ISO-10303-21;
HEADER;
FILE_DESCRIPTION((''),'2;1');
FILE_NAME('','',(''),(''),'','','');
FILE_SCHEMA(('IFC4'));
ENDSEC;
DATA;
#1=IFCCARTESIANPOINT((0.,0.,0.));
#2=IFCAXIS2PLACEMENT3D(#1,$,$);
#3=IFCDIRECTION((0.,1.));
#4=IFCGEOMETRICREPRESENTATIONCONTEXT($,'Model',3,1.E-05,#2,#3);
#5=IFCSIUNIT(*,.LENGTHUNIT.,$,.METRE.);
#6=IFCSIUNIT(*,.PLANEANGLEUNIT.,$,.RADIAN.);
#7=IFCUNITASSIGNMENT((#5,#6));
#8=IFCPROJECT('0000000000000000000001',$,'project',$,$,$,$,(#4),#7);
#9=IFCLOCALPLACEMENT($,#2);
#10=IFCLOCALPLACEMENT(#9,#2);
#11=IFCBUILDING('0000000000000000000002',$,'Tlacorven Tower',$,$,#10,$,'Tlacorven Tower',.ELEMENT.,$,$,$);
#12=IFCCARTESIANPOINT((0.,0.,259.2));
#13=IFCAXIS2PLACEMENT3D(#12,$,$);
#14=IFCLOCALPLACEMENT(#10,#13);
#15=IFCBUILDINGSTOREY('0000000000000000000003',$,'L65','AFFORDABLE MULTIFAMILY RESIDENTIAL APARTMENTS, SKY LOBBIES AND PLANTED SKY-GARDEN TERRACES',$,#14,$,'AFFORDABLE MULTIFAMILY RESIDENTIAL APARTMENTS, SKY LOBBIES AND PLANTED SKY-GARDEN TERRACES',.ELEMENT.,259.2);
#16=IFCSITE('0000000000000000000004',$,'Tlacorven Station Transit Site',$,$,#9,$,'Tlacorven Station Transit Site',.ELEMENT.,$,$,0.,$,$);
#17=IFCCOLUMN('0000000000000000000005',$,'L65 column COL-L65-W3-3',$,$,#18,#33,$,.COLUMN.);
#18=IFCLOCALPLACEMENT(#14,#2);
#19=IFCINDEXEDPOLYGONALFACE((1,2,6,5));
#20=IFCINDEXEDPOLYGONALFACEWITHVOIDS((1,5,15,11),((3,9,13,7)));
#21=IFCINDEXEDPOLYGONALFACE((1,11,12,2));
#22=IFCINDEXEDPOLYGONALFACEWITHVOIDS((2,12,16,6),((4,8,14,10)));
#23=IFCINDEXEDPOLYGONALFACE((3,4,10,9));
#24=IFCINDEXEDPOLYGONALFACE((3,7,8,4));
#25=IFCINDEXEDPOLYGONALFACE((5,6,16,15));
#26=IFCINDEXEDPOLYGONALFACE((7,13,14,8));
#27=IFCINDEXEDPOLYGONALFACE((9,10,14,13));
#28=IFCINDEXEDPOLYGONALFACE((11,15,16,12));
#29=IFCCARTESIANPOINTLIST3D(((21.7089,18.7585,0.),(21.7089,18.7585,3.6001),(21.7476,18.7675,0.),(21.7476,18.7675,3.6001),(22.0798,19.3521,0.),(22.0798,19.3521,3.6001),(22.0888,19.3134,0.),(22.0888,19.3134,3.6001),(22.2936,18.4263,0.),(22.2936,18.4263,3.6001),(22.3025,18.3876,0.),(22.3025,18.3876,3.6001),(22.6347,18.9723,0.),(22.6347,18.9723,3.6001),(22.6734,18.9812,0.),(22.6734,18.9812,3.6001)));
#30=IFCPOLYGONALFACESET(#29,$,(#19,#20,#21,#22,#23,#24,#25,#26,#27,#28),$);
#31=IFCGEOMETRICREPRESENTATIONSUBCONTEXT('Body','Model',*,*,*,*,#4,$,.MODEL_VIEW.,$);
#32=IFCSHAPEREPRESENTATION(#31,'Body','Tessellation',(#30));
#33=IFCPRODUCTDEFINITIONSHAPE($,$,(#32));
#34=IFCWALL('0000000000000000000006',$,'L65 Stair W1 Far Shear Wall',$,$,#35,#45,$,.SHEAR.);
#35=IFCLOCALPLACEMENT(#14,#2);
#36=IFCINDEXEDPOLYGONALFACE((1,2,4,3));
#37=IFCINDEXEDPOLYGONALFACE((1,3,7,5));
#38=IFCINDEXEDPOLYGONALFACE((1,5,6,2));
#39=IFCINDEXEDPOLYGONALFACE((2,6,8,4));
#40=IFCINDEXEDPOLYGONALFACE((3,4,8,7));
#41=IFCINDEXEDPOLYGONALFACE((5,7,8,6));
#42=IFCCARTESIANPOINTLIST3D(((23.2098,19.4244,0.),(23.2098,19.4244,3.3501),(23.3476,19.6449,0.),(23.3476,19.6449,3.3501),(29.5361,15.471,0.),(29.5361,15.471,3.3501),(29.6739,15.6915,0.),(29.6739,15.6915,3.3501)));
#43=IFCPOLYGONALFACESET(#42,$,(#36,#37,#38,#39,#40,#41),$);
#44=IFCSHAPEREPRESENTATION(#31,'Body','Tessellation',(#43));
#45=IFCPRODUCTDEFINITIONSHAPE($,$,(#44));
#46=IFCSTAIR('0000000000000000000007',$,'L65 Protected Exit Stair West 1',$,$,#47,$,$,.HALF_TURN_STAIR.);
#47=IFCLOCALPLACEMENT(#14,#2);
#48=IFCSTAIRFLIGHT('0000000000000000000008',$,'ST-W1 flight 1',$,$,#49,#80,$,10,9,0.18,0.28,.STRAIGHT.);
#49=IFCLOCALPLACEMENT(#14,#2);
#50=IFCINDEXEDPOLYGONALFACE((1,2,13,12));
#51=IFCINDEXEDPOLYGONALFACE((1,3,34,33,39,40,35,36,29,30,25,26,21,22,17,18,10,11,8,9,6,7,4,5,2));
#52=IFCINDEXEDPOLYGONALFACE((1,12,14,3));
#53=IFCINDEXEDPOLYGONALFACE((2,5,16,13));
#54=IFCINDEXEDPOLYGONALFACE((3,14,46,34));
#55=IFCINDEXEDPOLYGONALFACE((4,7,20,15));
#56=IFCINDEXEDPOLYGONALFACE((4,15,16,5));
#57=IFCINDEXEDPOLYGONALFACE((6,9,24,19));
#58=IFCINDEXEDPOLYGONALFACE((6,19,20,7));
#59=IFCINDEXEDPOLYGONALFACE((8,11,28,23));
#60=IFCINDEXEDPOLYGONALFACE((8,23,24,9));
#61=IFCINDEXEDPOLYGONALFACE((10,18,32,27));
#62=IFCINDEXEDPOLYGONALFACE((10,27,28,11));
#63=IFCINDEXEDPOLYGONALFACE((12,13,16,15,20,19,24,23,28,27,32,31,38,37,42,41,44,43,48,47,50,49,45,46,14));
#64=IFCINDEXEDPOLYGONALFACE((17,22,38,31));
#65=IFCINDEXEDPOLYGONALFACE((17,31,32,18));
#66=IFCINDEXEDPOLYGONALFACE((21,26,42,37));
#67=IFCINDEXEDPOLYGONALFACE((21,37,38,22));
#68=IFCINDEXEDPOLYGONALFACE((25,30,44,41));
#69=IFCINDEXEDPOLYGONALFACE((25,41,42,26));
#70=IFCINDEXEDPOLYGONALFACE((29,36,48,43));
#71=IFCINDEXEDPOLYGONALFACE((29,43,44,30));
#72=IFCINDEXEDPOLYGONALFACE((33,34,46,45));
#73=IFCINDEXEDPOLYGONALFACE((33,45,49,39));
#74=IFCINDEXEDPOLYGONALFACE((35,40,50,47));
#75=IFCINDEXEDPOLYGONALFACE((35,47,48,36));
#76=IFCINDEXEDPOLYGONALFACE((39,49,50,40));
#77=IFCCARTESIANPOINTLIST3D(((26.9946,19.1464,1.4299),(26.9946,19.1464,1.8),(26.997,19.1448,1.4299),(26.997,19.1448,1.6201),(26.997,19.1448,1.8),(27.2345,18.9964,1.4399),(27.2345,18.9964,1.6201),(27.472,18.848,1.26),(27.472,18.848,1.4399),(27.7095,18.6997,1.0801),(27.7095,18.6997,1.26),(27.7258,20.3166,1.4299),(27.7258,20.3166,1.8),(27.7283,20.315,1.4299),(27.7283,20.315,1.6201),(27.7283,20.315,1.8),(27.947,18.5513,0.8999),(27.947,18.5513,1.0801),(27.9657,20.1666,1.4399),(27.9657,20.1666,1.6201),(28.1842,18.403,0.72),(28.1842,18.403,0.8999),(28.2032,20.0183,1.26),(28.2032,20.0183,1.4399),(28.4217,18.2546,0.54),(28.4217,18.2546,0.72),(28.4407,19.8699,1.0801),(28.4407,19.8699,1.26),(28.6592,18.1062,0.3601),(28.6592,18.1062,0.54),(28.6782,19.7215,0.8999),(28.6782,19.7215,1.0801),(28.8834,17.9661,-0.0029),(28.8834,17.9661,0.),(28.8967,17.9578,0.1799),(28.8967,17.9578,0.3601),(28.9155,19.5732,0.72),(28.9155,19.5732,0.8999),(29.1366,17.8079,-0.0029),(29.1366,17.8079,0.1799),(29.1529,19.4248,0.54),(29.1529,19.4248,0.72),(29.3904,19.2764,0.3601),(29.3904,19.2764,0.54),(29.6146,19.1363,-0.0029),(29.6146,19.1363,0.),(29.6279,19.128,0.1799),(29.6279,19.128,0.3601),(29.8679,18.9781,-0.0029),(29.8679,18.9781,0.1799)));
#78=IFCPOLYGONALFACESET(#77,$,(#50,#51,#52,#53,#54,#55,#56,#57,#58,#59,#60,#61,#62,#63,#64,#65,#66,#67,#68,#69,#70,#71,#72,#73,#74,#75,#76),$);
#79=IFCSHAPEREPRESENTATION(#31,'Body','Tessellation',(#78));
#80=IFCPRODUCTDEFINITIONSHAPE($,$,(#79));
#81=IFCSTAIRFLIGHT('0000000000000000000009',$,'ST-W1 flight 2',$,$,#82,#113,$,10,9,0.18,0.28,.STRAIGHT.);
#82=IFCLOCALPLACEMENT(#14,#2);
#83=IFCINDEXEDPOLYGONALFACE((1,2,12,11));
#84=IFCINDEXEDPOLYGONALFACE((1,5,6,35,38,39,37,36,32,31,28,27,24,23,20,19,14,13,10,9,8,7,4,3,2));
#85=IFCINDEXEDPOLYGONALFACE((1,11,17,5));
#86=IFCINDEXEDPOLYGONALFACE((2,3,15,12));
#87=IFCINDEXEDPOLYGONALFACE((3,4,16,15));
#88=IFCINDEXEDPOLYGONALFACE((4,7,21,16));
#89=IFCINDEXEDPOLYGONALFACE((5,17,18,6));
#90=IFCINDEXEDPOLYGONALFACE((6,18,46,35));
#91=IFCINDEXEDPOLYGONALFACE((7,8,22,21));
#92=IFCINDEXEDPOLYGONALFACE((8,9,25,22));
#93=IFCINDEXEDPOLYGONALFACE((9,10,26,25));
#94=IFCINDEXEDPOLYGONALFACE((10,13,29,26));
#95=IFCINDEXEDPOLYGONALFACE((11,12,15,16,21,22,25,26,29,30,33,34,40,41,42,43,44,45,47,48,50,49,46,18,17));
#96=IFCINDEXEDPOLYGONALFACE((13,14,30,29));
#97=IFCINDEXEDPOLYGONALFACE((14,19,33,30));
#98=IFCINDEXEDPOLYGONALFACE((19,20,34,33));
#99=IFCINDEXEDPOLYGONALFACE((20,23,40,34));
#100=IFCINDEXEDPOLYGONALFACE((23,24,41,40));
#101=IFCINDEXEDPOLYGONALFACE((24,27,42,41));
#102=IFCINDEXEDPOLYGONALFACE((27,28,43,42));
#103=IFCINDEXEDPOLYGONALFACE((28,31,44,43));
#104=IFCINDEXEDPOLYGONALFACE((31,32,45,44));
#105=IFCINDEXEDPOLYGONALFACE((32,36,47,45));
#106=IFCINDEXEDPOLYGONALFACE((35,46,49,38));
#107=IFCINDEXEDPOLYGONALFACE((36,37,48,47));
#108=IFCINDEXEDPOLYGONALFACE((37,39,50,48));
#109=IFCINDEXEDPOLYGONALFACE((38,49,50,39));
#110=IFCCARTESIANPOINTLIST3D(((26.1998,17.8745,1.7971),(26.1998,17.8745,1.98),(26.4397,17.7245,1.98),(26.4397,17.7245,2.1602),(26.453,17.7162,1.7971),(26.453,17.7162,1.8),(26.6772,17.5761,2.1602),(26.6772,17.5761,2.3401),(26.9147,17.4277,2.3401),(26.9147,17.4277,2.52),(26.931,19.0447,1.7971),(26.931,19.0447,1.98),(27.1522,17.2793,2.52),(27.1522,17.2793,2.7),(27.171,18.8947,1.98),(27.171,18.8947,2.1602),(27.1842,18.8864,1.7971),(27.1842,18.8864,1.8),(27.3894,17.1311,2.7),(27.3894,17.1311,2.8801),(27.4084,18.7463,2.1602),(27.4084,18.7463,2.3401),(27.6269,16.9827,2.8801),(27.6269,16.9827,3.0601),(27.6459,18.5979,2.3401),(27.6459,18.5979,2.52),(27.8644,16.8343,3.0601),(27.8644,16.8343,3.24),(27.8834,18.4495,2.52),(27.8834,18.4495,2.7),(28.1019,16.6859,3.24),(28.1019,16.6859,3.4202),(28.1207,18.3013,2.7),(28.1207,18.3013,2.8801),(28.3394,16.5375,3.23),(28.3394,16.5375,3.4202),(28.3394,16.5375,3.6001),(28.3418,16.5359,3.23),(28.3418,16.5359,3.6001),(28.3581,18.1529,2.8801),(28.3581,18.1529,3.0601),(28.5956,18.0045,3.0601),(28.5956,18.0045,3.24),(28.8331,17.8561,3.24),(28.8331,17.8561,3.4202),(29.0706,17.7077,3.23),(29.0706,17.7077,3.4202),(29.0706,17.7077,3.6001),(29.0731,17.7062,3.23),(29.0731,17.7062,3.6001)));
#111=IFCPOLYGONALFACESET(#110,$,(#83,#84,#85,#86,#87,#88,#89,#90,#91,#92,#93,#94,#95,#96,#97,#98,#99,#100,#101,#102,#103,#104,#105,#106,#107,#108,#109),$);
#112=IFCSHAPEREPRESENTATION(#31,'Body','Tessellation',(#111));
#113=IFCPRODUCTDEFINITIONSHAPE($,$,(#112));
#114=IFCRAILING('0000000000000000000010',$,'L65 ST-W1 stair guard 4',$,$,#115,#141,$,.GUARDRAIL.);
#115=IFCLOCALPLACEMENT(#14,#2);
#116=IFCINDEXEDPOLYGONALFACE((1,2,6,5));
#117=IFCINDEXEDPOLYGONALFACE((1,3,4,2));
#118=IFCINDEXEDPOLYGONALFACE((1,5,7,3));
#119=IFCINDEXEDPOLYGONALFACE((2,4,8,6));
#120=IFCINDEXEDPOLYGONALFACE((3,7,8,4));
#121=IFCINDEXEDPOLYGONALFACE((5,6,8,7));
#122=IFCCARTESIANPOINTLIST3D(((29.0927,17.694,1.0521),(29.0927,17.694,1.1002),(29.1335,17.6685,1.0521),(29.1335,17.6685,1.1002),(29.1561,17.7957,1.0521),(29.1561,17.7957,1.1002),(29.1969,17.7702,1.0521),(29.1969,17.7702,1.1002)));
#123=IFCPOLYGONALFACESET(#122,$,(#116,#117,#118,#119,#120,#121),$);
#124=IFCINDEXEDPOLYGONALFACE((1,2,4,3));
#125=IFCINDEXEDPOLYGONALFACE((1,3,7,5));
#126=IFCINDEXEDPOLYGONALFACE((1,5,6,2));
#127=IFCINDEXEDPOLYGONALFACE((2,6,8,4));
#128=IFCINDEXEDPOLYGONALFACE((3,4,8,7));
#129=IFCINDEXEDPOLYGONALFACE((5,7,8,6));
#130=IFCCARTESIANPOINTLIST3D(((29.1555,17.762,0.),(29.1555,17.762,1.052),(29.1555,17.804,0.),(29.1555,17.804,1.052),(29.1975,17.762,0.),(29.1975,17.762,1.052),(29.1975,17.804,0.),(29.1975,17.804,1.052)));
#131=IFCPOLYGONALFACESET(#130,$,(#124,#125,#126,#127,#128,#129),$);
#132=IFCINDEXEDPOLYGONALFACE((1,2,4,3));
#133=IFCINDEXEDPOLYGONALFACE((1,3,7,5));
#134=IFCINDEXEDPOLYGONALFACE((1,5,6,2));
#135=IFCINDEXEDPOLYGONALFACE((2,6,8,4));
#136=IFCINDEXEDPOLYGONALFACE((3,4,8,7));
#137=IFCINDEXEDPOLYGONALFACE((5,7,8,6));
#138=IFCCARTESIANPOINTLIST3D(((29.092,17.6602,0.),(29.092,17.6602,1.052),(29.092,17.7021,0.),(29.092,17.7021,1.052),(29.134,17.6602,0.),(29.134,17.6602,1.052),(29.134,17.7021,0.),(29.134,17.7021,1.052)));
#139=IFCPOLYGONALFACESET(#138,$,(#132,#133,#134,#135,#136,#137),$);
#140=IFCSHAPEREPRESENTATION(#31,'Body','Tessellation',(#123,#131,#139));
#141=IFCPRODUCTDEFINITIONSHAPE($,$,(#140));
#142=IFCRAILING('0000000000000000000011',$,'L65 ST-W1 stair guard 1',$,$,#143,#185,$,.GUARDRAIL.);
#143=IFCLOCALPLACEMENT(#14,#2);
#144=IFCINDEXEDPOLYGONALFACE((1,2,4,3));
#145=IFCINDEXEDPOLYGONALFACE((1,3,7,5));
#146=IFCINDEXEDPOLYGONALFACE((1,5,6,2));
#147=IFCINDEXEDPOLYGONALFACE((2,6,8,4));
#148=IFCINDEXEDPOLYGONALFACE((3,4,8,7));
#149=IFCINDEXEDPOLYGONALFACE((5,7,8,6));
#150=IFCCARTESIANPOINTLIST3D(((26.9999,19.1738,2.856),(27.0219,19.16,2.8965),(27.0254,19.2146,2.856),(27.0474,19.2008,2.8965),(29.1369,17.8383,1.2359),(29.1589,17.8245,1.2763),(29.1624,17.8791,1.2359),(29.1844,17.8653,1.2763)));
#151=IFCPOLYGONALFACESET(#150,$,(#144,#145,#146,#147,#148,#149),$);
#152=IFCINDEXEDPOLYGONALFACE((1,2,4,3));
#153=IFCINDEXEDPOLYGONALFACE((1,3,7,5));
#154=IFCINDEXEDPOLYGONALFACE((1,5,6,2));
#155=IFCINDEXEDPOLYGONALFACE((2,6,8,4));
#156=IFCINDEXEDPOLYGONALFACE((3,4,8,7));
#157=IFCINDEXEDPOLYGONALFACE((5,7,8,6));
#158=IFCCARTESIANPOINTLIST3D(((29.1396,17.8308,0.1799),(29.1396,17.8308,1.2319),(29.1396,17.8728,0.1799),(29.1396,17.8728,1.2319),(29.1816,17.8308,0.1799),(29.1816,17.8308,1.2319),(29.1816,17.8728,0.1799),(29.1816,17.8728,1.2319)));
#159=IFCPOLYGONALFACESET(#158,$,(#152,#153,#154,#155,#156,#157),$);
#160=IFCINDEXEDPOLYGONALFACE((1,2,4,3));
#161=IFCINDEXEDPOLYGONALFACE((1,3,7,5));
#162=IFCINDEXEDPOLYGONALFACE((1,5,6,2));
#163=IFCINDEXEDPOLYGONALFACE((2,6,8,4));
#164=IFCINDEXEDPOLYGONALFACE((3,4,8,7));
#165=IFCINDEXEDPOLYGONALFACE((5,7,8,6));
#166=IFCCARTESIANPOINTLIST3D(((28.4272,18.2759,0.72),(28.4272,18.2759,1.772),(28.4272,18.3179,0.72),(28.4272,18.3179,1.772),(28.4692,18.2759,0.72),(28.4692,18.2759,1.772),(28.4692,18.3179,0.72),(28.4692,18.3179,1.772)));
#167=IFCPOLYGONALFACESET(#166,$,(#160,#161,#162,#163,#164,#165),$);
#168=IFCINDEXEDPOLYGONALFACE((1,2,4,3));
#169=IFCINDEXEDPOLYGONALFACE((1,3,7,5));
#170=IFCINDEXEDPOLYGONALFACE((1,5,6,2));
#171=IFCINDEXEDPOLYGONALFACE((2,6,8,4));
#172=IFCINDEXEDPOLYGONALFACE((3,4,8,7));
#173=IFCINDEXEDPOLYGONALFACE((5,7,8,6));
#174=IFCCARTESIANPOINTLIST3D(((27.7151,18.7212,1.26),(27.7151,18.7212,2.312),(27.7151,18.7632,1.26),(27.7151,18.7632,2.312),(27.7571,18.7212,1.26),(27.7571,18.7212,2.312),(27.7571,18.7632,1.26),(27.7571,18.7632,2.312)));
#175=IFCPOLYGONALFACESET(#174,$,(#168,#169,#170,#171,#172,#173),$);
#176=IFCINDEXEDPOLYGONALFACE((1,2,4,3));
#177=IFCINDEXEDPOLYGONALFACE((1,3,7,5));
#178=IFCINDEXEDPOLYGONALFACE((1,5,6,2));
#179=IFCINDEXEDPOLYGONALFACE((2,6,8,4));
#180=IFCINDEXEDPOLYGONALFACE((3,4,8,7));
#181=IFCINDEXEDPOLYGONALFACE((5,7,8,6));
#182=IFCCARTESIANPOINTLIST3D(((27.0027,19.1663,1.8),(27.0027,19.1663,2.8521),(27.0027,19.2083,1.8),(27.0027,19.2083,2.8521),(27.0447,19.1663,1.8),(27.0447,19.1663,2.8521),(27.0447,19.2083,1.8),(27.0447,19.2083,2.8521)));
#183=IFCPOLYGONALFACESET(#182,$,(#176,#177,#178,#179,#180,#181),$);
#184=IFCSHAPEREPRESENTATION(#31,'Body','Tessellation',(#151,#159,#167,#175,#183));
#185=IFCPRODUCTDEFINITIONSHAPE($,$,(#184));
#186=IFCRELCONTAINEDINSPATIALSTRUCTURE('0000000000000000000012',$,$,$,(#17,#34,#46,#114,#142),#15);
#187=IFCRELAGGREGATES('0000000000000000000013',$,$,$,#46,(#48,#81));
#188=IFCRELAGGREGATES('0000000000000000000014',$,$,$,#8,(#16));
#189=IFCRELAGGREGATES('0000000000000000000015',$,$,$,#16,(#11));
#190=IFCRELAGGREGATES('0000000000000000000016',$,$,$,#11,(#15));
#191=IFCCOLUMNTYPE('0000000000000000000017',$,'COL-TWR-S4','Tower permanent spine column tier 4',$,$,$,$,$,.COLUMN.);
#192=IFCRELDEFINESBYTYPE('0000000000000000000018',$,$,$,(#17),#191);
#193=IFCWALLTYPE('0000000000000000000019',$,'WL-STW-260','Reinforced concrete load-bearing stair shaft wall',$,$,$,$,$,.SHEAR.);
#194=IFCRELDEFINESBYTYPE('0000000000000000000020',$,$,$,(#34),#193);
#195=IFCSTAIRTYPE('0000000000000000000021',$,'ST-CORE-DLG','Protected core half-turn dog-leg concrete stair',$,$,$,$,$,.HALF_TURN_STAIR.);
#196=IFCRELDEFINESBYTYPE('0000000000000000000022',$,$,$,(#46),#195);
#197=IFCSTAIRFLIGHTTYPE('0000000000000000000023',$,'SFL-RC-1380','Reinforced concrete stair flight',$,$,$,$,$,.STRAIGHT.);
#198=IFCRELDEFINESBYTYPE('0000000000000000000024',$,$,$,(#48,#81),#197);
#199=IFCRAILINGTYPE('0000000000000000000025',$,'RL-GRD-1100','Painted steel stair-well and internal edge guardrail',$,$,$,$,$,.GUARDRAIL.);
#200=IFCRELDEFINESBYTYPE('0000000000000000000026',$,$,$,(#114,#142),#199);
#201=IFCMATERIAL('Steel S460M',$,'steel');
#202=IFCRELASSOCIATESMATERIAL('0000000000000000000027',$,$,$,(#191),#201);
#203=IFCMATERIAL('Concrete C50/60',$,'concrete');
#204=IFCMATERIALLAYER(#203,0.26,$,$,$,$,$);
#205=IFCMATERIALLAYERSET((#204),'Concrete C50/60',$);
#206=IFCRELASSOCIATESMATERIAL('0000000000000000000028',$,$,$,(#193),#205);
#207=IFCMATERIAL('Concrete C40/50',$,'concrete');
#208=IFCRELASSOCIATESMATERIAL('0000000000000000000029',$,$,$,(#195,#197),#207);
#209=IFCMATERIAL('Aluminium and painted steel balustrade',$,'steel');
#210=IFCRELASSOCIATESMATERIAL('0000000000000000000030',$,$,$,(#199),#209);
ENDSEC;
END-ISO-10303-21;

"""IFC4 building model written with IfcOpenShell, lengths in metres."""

from ifc_helpers import new_model, si_unit, direction, frame, frame_2d, origin, origin_2d, place, context, subcontext, project, spatial, polyline, rectangle, hollow_rectangle, outline, extrude, source, transform, mapped, material, layer, layer_set, material_profile, profile_set, type_object, element, aggregate, save


model = new_model("IFC4")

# Units and contexts
model_context = context("Model", 3, precision=1e-05, world=origin(), true_north=direction((0.0, 1.0)))
body_context = subcontext(model_context, "Body", "Model", "MODEL_VIEW")
ifc_project = project(units=[si_unit("LENGTHUNIT", "METRE"), si_unit("PLANEANGLEUNIT", "RADIAN")], contexts=[model_context])

# Site, building, storey
site_placement = place(None, origin())
site = spatial("IfcSite", under=ifc_project, at=site_placement, Name="Tlacorven Station Transit Site", LongName="Tlacorven Station Transit Site", CompositionType="ELEMENT", RefElevation=0.0)
building_placement = place(site_placement, origin())
building = spatial("IfcBuilding", under=site, at=building_placement, Name="Tlacorven Tower", LongName="Tlacorven Tower", CompositionType="ELEMENT")
storey_placement = place(building_placement, frame((0.0, 0.0, 259.2)))
storey = spatial("IfcBuildingStorey", under=building, at=storey_placement, Name="L65", Description="AFFORDABLE MULTIFAMILY RESIDENTIAL APARTMENTS, SKY LOBBIES AND PLANTED SKY-GARDEN TERRACES", LongName="AFFORDABLE MULTIFAMILY RESIDENTIAL APARTMENTS, SKY LOBBIES AND PLANTED SKY-GARDEN TERRACES", CompositionType="ELEMENT", Elevation=259.2)

# Column
ifc_material_1 = material(Name="Steel S460M", Category="steel")
ifc_material_profile = material_profile(ifc_material_1, hollow_rectangle(XDim=0.7, YDim=0.7, WallThickness=0.0281, at=origin_2d()), Name="BOX 700X700X28")
ifc_profile_set = profile_set([ifc_material_profile], Name="Steel S460M")
column_type = type_object("IfcColumnType", Name="COL-TWR-S4", Description="Tower permanent spine column tier 4", PredefinedType="COLUMN", material=ifc_profile_set)
shared_shape_1 = source(origin(), body_context, "Body", "SweptSolid", [
    extrude(hollow_rectangle(XDim=0.7, YDim=0.7, WallThickness=0.0281, at=origin_2d()), origin(), (0.0, 0.0, 1.0), 3.6001),
])
column_placement = place(storey_placement, frame((22.1912, 18.8699, 0.0), z_axis=(0.0, 0.0, 1.0), x_axis=(-0.848048, 0.529919, 0.0)))
element("IfcColumn", 1, at=column_placement, inside=storey, type_object=column_type, Name="L65 column COL-L65-W3-3", PredefinedType="COLUMN", context=body_context, shape_type="MappedRepresentation", body=[
    mapped(shared_shape_1, transform((0.0, 0.0, 0.0), scale=1.0)),
])

# Wall
ifc_material_2 = material(Name="Concrete C50/60", Category="concrete")
ifc_layer = layer(ifc_material_2, 0.26)
ifc_layer_set = layer_set([ifc_layer], Name="Concrete C50/60")
wall_type = type_object("IfcWallType", Name="WL-STW-260", Description="Reinforced concrete load-bearing stair shaft wall", PredefinedType="SHEAR", material=ifc_layer_set)
wall_placement = place(storey_placement, frame((29.605, 15.5813, 0.0), z_axis=(0.0, 0.0, 1.0), x_axis=(-0.848037, 0.529937, 0.0)))
element("IfcWall", 2, at=wall_placement, inside=storey, type_object=wall_type, Name="L65 Stair W1 Far Shear Wall", PredefinedType="SHEAR", context=body_context, shape_type="SweptSolid", body=[
    extrude(rectangle(XDim=7.46, YDim=0.26, at=frame_2d((3.73, 0.0))), origin(), (0.0, 0.0, 1.0), 3.3501),
])

# Stair, stair flights
ifc_material_3 = material(Name="Concrete C40/50", Category="concrete")
stair_type = type_object("IfcStairType", Name="ST-CORE-DLG", Description="Protected core half-turn dog-leg concrete stair", PredefinedType="HALF_TURN_STAIR", material=ifc_material_3)
stair_placement = place(storey_placement, origin())
stair = element("IfcStair", 3, at=stair_placement, inside=storey, type_object=stair_type, Name="L65 Protected Exit Stair West 1", PredefinedType="HALF_TURN_STAIR")
stair_flight_type = type_object("IfcStairFlightType", Name="SFL-RC-1380", Description="Reinforced concrete stair flight", PredefinedType="STRAIGHT", material=ifc_material_3)
shared_shape_2 = source(origin(), body_context, "Body", "SweptSolid", [
    extrude(outline(polyline([(-0.0029, -0.0029), (-0.0029, 0.1799), (0.28, 0.1799), (0.28, 0.3601), (0.5601, 0.3601), (0.5601, 0.54), (0.8401, 0.54), (0.8401, 0.72), (1.1201, 0.72), (1.1201, 0.8999), (1.3999, 0.8999), (1.3999, 1.0801), (1.6799, 1.0801), (1.6799, 1.26), (1.96, 1.26), (1.96, 1.4399), (2.24, 1.4399), (2.24, 1.6201), (2.52, 1.6201), (2.52, 1.8), (2.5229, 1.8), (2.5229, 1.4299), (2.52, 1.4299), (0.2957, 0.0), (0.2957, -0.0029), (-0.0029, -0.0029)])), frame((0.0, 0.6899, 0.0), z_axis=(0.0, -1.0, 0.0), x_axis=(1.0, 0.0, 0.0)), (0.0, 0.0, 1.0), 1.3799),
])
stair_flight_1_placement = place(storey_placement, frame((29.4998, 18.3945, 0.0), z_axis=(0.0, 0.0, 1.0), x_axis=(-0.848048, 0.529919, 0.0)))
stair_flight_1 = element("IfcStairFlight", 4, at=stair_flight_1_placement, type_object=stair_flight_type, Name="ST-W1 flight 1", NumberOfRisers=10, NumberOfTreads=9, PredefinedType="STRAIGHT", RiserHeight=0.18, TreadLength=0.28, context=body_context, shape_type="MappedRepresentation", body=[
    mapped(shared_shape_2, transform((0.0, 0.0, 0.0), scale=1.0)),
])
stair_flight_2_placement = place(storey_placement, frame((26.5679, 18.458, 1.8), z_axis=(0.0, 0.0, 1.0), x_axis=(0.848048, -0.529919, 0.0)))
stair_flight_2 = element("IfcStairFlight", 5, at=stair_flight_2_placement, type_object=stair_flight_type, Name="ST-W1 flight 2", NumberOfRisers=10, NumberOfTreads=9, PredefinedType="STRAIGHT", RiserHeight=0.18, TreadLength=0.28, context=body_context, shape_type="MappedRepresentation", body=[
    mapped(shared_shape_2, transform((0.0, 0.0, 0.0), scale=1.0)),
])
aggregate(stair, [stair_flight_1, stair_flight_2])

# Railings
ifc_material_4 = material(Name="Aluminium and painted steel balustrade", Category="steel")
railing_type_1 = type_object("IfcRailingType", Name="RL-GRD-1100", Description="Painted steel stair-well and internal edge guardrail", PredefinedType="GUARDRAIL", material=ifc_material_4)
shared_shape_3 = source(origin(), body_context, "Body", "SweptSolid", [
    extrude(rectangle(XDim=0.0481, YDim=0.0481, at=origin_2d()), frame((0.0, 0.0, 1.0762), z_axis=(-0.529084, -0.848569, 0.0), x_axis=(0.848569, -0.529084, 0.0)), (0.0, 0.0, 1.0), 0.1199),
    extrude(rectangle(XDim=0.042, YDim=0.042, at=origin_2d()), origin(), (0.0, 0.0, 1.0), 1.052),
    extrude(rectangle(XDim=0.042, YDim=0.042, at=origin_2d()), frame((-0.0635, -0.1018, 0.0)), (0.0, 0.0, 1.0), 1.052),
])
railing_1_placement = place(storey_placement, frame((29.1765, 17.783, 0.0)))
element("IfcRailing", 6, at=railing_1_placement, inside=storey, type_object=railing_type_1, Name="L65 ST-W1 stair guard 4", PredefinedType="GUARDRAIL", context=body_context, shape_type="MappedRepresentation", body=[
    mapped(shared_shape_3, transform((0.0, 0.0, 0.0), scale=1.0)),
])
shared_shape_4 = source(origin(), body_context, "Body", "SweptSolid", [
    extrude(rectangle(XDim=0.0481, YDim=0.0481, at=origin_2d()), frame((0.0, 0.0, 1.0762), z_axis=(-0.71332, 0.445774, 0.540796), x_axis=(-0.529955, -0.848026, 0.0)), (0.0, 0.0, 1.0), 2.9958),
    extrude(rectangle(XDim=0.042, YDim=0.042, at=origin_2d()), origin(), (0.0, 0.0, 1.0), 1.052),
    extrude(rectangle(XDim=0.042, YDim=0.042, at=origin_2d()), frame((-0.7124, 0.4451, 0.54)), (0.0, 0.0, 1.0), 1.052),
    extrude(rectangle(XDim=0.042, YDim=0.042, at=origin_2d()), frame((-1.4246, 0.8904, 1.0801)), (0.0, 0.0, 1.0), 1.052),
    extrude(rectangle(XDim=0.042, YDim=0.042, at=origin_2d()), frame((-2.137, 1.3354, 1.6201)), (0.0, 0.0, 1.0), 1.052),
])
railing_2_placement = place(storey_placement, frame((29.1606, 17.8518, 0.1799)))
element("IfcRailing", 7, at=railing_2_placement, inside=storey, type_object=railing_type_1, Name="L65 ST-W1 stair guard 1", PredefinedType="GUARDRAIL", context=body_context, shape_type="MappedRepresentation", body=[
    mapped(shared_shape_4, transform((0.0, 0.0, 0.0), scale=1.0)),
])

save(model, "model.ifc")
